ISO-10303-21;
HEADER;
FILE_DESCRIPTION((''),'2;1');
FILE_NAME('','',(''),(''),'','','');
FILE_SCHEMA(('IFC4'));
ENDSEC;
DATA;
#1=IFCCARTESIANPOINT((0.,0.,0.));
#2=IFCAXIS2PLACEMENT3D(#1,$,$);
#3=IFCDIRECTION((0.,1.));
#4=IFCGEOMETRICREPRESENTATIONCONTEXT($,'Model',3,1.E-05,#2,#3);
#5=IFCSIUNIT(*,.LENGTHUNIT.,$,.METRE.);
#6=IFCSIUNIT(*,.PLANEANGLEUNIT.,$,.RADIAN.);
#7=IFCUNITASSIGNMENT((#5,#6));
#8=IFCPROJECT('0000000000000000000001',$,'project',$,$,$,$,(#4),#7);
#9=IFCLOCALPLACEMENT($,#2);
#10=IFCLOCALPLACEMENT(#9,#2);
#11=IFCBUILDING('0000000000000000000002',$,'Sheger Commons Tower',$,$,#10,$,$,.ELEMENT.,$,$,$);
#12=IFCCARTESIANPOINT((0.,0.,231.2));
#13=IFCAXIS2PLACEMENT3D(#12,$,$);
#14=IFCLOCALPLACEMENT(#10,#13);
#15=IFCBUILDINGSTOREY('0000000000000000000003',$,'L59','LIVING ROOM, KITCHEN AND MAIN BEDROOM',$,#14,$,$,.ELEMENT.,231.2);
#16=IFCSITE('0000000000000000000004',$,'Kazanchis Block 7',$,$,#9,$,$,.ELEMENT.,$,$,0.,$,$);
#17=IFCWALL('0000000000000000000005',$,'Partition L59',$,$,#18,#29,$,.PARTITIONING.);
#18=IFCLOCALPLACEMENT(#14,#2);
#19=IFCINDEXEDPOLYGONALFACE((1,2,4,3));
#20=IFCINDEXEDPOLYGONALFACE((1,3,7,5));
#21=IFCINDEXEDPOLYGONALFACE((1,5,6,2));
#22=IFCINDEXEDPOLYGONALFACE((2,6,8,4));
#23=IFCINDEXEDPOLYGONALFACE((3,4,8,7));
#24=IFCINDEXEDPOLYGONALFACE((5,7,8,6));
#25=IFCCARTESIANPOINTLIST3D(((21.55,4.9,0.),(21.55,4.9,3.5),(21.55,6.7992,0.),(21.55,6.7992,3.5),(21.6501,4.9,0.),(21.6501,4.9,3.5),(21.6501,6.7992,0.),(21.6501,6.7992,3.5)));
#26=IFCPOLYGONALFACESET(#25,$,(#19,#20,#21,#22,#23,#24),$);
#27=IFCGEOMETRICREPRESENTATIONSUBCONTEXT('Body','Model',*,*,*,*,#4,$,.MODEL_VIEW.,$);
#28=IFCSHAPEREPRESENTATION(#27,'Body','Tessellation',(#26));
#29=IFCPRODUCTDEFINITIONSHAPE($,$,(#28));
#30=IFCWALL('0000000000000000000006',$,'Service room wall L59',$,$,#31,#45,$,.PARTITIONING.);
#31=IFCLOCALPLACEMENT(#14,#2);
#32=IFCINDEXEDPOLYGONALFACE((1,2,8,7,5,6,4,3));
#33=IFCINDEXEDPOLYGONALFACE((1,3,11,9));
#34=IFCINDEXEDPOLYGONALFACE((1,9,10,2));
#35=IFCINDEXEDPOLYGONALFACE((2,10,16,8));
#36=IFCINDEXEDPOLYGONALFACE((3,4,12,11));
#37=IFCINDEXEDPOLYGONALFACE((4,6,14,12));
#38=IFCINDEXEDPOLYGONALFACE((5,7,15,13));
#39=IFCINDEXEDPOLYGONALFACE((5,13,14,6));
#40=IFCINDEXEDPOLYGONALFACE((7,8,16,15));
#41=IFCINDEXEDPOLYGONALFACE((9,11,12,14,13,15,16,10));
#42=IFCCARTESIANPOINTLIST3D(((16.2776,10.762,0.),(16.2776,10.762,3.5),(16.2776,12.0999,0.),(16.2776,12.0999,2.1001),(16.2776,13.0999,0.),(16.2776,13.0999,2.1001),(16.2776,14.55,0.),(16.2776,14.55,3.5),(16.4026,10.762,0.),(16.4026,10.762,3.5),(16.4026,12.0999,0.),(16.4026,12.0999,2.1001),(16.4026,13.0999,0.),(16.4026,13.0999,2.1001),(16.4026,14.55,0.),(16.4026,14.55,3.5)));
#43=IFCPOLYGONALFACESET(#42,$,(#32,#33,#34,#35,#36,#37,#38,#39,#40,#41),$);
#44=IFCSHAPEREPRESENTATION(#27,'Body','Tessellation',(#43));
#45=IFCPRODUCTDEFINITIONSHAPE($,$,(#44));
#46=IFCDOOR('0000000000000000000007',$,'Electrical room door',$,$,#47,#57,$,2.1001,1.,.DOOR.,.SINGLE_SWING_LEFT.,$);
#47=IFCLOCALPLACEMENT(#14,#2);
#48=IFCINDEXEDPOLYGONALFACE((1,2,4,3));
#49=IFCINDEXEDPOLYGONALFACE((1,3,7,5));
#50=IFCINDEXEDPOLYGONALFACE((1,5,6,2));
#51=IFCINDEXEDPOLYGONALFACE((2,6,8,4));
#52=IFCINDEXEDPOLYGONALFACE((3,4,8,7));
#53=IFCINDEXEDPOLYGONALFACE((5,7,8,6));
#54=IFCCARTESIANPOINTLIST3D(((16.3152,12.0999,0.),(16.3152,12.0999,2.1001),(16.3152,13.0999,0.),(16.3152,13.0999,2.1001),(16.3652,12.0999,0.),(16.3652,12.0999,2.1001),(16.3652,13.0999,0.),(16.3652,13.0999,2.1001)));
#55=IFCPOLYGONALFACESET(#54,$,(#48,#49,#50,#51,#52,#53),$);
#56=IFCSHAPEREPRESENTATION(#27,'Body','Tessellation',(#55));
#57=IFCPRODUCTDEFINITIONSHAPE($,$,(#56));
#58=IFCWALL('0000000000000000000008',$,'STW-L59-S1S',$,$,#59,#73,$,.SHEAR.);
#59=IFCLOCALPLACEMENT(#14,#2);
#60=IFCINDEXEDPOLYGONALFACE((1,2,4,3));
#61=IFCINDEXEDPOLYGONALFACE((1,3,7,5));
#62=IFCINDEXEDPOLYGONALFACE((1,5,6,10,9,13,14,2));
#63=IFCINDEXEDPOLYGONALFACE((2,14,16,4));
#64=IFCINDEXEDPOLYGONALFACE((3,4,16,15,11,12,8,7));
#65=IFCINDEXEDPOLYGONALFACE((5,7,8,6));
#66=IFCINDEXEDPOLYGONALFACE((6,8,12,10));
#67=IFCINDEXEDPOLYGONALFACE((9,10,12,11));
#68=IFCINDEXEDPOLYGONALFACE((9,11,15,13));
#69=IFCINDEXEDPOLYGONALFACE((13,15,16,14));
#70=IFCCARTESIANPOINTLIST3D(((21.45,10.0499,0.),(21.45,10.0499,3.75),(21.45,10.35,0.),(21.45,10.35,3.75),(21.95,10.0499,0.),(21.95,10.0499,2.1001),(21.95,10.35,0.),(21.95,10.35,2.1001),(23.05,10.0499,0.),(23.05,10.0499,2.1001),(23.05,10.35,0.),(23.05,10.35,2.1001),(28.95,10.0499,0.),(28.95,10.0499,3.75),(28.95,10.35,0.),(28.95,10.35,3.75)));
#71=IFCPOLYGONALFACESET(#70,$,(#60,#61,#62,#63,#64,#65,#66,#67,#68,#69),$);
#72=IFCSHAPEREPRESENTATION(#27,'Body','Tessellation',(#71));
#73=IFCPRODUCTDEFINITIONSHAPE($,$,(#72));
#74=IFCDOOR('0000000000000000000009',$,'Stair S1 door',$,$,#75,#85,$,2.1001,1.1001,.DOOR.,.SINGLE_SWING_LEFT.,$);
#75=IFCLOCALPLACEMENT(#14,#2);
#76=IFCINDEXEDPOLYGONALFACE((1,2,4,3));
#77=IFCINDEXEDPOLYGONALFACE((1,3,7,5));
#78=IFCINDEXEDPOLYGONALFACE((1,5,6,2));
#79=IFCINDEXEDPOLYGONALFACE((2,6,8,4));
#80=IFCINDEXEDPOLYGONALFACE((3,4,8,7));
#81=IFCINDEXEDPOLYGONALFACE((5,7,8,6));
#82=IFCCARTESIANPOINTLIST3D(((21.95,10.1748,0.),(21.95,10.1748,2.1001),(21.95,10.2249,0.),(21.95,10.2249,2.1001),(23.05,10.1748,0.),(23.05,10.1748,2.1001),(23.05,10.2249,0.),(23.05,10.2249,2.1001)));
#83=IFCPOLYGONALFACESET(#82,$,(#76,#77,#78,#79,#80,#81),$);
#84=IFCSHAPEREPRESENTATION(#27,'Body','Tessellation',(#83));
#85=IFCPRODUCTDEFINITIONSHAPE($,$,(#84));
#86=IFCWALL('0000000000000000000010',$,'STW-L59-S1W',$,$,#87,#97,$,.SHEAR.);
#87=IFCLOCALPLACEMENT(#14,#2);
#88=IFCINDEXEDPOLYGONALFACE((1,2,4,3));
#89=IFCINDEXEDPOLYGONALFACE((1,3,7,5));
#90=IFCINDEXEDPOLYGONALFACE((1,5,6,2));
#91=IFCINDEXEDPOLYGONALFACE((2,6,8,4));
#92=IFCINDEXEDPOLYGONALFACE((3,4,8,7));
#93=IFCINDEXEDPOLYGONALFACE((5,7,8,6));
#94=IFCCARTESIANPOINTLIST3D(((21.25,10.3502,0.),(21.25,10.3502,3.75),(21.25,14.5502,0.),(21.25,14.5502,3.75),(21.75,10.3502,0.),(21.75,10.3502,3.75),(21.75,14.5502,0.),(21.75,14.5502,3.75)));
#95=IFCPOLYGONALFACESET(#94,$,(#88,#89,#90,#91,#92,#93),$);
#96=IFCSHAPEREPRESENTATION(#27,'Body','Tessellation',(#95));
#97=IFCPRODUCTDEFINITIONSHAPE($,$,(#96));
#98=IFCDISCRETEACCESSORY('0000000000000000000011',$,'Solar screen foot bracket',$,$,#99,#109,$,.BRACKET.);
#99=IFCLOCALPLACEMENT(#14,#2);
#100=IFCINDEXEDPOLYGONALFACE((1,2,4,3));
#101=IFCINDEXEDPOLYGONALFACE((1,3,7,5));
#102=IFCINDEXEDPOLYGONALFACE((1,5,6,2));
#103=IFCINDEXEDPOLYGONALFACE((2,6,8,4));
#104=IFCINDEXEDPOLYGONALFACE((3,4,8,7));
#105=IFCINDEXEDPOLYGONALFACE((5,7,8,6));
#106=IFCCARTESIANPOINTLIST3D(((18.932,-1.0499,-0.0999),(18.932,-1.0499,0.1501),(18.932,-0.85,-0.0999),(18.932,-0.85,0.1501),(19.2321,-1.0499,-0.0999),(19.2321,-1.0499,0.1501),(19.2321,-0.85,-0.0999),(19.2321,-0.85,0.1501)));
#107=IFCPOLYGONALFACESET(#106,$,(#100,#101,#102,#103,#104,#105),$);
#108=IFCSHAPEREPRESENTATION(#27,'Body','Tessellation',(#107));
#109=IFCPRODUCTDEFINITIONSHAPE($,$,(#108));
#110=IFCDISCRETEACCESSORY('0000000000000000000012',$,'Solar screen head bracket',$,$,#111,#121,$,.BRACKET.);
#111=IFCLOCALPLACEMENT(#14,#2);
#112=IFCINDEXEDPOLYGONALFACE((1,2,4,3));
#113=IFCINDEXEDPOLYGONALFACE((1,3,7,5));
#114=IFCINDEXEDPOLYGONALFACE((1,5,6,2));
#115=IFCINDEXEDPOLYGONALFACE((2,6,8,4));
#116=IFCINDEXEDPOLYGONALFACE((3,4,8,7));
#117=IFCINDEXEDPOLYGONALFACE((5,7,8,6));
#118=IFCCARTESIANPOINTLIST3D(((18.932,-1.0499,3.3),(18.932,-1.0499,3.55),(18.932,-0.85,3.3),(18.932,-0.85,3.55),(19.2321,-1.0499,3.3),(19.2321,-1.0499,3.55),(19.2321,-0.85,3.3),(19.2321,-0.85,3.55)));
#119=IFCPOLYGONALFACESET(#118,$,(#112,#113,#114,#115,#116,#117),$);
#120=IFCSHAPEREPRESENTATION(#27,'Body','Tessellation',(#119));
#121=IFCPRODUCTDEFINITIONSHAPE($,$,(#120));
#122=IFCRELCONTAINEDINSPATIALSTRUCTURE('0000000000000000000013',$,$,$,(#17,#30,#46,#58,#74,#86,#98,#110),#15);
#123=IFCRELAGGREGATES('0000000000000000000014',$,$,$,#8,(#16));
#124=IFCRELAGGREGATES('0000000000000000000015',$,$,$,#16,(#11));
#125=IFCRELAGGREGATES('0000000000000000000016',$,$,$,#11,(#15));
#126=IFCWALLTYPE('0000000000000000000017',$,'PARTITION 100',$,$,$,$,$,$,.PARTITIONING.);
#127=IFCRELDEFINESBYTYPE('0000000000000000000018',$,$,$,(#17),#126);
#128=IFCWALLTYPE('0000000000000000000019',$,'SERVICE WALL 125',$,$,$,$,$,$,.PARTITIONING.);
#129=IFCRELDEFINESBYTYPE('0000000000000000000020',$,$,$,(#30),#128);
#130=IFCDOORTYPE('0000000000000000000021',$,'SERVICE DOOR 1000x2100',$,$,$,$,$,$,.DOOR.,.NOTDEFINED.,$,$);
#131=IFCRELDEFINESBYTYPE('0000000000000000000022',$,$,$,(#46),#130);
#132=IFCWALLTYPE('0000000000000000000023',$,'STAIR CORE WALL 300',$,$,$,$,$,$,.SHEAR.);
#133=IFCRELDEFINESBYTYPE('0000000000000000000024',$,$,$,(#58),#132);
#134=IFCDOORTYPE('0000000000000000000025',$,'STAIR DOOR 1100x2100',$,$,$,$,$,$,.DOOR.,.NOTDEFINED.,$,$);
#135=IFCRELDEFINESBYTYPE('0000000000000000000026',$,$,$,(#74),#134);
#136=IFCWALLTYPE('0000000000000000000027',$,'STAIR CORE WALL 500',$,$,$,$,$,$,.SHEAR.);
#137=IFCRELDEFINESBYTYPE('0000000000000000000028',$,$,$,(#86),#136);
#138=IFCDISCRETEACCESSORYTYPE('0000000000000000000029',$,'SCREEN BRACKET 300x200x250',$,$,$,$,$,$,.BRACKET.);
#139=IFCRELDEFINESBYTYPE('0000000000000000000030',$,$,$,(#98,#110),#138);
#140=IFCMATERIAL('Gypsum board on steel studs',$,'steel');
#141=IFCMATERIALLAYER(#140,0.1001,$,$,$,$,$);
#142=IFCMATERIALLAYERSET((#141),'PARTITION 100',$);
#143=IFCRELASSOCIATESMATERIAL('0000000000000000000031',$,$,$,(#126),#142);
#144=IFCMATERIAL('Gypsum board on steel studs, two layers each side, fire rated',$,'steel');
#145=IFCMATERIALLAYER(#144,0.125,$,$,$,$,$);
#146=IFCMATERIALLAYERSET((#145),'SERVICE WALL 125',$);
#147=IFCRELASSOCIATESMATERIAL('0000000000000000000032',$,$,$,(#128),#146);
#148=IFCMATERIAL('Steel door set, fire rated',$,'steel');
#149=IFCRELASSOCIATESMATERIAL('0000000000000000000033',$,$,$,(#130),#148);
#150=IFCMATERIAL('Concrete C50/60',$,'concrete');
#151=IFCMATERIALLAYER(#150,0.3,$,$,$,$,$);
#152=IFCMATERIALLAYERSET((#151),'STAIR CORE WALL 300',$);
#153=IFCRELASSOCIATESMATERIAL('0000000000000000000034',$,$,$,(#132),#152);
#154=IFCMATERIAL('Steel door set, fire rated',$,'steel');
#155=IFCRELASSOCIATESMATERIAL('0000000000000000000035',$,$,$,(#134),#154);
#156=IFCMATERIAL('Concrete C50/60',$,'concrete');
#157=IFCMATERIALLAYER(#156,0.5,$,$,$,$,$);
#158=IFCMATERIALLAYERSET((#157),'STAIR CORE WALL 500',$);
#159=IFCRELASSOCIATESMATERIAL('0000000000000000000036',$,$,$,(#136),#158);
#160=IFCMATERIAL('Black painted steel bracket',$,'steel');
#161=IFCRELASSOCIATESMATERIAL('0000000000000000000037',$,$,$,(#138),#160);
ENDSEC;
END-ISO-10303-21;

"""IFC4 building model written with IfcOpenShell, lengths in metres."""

from ifc_helpers import new_model, si_unit, direction, frame, frame_2d, origin, origin_2d, place, context, subcontext, project, spatial, rectangle, extrude, material, layer, layer_set, type_object, element, fill, save


model = new_model("IFC4")

# Units and contexts
model_context = context("Model", 3, precision=1e-05, world=origin(), true_north=direction((0.0, 1.0)))
body_context = subcontext(model_context, "Body", "Model", "MODEL_VIEW")
ifc_project = project(units=[si_unit("LENGTHUNIT", "METRE"), si_unit("PLANEANGLEUNIT", "RADIAN")], contexts=[model_context])

# Site, building, storey
site_placement = place(None, origin())
site = spatial("IfcSite", under=ifc_project, at=site_placement, Name="Kazanchis Block 7", CompositionType="ELEMENT", RefElevation=0.0)
building_placement = place(site_placement, origin())
building = spatial("IfcBuilding", under=site, at=building_placement, Name="Sheger Commons Tower", CompositionType="ELEMENT")
storey_placement = place(building_placement, frame((0.0, 0.0, 231.2)))
storey = spatial("IfcBuildingStorey", under=building, at=storey_placement, Name="L59", Description="LIVING ROOM, KITCHEN AND MAIN BEDROOM", CompositionType="ELEMENT", Elevation=231.2)

# Wall
ifc_material_1 = material(Name="Gypsum board on steel studs", Category="steel")
ifc_layer_1 = layer(ifc_material_1, 0.1001)
ifc_layer_set_1 = layer_set([ifc_layer_1], Name="PARTITION 100")
wall_type_1 = type_object("IfcWallType", Name="PARTITION 100", PredefinedType="PARTITIONING", material=ifc_layer_set_1)
wall_1_placement = place(storey_placement, frame((21.6001, 4.8999, 0.0), z_axis=(0.0, 0.0, 1.0), x_axis=(0.0, 1.0, 0.0)))
element("IfcWall", 1, at=wall_1_placement, inside=storey, type_object=wall_type_1, Name="Partition L59", PredefinedType="PARTITIONING", context=body_context, shape_type="SweptSolid", body=[
    extrude(rectangle(XDim=1.8992, YDim=0.1001, at=frame_2d((0.9497, 0.0))), origin(), (0.0, 0.0, 1.0), 3.5),
])

# Walls, openings, doors
ifc_material_2 = material(Name="Gypsum board on steel studs, two layers each side, fire rated", Category="steel")
ifc_layer_2 = layer(ifc_material_2, 0.125)
ifc_layer_set_2 = layer_set([ifc_layer_2], Name="SERVICE WALL 125")
wall_type_2 = type_object("IfcWallType", Name="SERVICE WALL 125", PredefinedType="PARTITIONING", material=ifc_layer_set_2)
wall_2_placement = place(storey_placement, frame((16.3401, 10.762, 0.0), z_axis=(0.0, 0.0, 1.0), x_axis=(0.0, 1.0, 0.0)))
wall_2 = element("IfcWall", 2, at=wall_2_placement, inside=storey, type_object=wall_type_2, Name="Service room wall L59", PredefinedType="PARTITIONING", context=body_context, shape_type="SweptSolid", body=[
    extrude(rectangle(XDim=3.7881, YDim=0.125, at=frame_2d((1.894, 0.0))), origin(), (0.0, 0.0, 1.0), 3.5),
])
opening_1_placement = place(wall_2_placement, frame((1.3379, 0.0, 0.0)))
opening_1 = element("IfcOpeningElement", 3, at=opening_1_placement, cuts=wall_2, PredefinedType="OPENING", context=body_context, shape_type="SweptSolid", body=[
    extrude(rectangle(XDim=1.0, YDim=2.1001, at=frame_2d((0.5, 1.05))), frame((0.0, 0.0725, 0.0), z_axis=(0.0, -1.0, 0.0), x_axis=(1.0, 0.0, 0.0)), (0.0, 0.0, 1.0), 0.145),
])
ifc_material_3 = material(Name="Steel door set, fire rated", Category="steel")
door_type_1 = type_object("IfcDoorType", Name="SERVICE DOOR 1000x2100", OperationType="NOTDEFINED", PredefinedType="DOOR", material=ifc_material_3)
door_1_placement = place(opening_1_placement, origin())
door_1 = element("IfcDoor", 4, at=door_1_placement, inside=storey, type_object=door_type_1, Name="Electrical room door", OperationType="SINGLE_SWING_LEFT", OverallHeight=2.1001, OverallWidth=1.0, PredefinedType="DOOR", context=body_context, shape_type="SweptSolid", body=[
    extrude(rectangle(XDim=1.0, YDim=2.1001, at=frame_2d((0.5, 1.05))), frame((0.0, 0.0249, 0.0), z_axis=(0.0, -1.0, 0.0), x_axis=(1.0, 0.0, 0.0)), (0.0, 0.0, 1.0), 0.05),
])
fill(opening_1, door_1)
ifc_material_4 = material(Name="Concrete C50/60", Category="concrete")
ifc_layer_3 = layer(ifc_material_4, 0.3)
ifc_layer_set_3 = layer_set([ifc_layer_3], Name="STAIR CORE WALL 300")
wall_type_3 = type_object("IfcWallType", Name="STAIR CORE WALL 300", PredefinedType="SHEAR", material=ifc_layer_set_3)
wall_3_placement = place(storey_placement, frame((21.45, 10.2, 0.0), z_axis=(0.0, 0.0, 1.0), x_axis=(1.0, 0.0, 0.0)))
wall_3 = element("IfcWall", 5, at=wall_3_placement, inside=storey, type_object=wall_type_3, Name="STW-L59-S1S", PredefinedType="SHEAR", context=body_context, shape_type="SweptSolid", body=[
    extrude(rectangle(XDim=7.5, YDim=0.3, at=frame_2d((3.75, 0.0))), origin(), (0.0, 0.0, 1.0), 3.75),
])
opening_2_placement = place(wall_3_placement, frame((0.5, 0.0, 0.0)))
opening_2 = element("IfcOpeningElement", 6, at=opening_2_placement, cuts=wall_3, PredefinedType="OPENING", context=body_context, shape_type="SweptSolid", body=[
    extrude(rectangle(XDim=1.1001, YDim=2.1001, at=frame_2d((0.55, 1.05))), frame((0.0, 0.1599, 0.0), z_axis=(0.0, -1.0, 0.0), x_axis=(1.0, 0.0, 0.0)), (0.0, 0.0, 1.0), 0.3201),
])
ifc_material_5 = material(Name="Steel door set, fire rated", Category="steel")
door_type_2 = type_object("IfcDoorType", Name="STAIR DOOR 1100x2100", OperationType="NOTDEFINED", PredefinedType="DOOR", material=ifc_material_5)
door_2_placement = place(opening_2_placement, origin())
door_2 = element("IfcDoor", 7, at=door_2_placement, inside=storey, type_object=door_type_2, Name="Stair S1 door", OperationType="SINGLE_SWING_LEFT", OverallHeight=2.1001, OverallWidth=1.1001, PredefinedType="DOOR", context=body_context, shape_type="SweptSolid", body=[
    extrude(rectangle(XDim=1.1001, YDim=2.1001, at=frame_2d((0.55, 1.05))), frame((0.0, 0.0249, 0.0), z_axis=(0.0, -1.0, 0.0), x_axis=(1.0, 0.0, 0.0)), (0.0, 0.0, 1.0), 0.05),
])
fill(opening_2, door_2)

# Wall
ifc_material_6 = material(Name="Concrete C50/60", Category="concrete")
ifc_layer_4 = layer(ifc_material_6, 0.5)
ifc_layer_set_4 = layer_set([ifc_layer_4], Name="STAIR CORE WALL 500")
wall_type_4 = type_object("IfcWallType", Name="STAIR CORE WALL 500", PredefinedType="SHEAR", material=ifc_layer_set_4)
wall_4_placement = place(storey_placement, frame((21.5, 10.3501, 0.0), z_axis=(0.0, 0.0, 1.0), x_axis=(0.0, 1.0, 0.0)))
element("IfcWall", 8, at=wall_4_placement, inside=storey, type_object=wall_type_4, Name="STW-L59-S1W", PredefinedType="SHEAR", context=body_context, shape_type="SweptSolid", body=[
    extrude(rectangle(XDim=4.2, YDim=0.5, at=frame_2d((2.1001, 0.0))), origin(), (0.0, 0.0, 1.0), 3.75),
])

# Discrete accessories
ifc_material_7 = material(Name="Black painted steel bracket", Category="steel")
discrete_accessory_type = type_object("IfcDiscreteAccessoryType", Name="SCREEN BRACKET 300x200x250", PredefinedType="BRACKET", material=ifc_material_7)
for number, where, z_axis, x_axis, name in (
    (9, (19.082, -0.95, -0.0999), (0.0, 0.0, 1.0), (1.0, 0.0, 0.0), "Solar screen foot bracket"),
    (10, (19.082, -0.95, 3.3), (0.0, 0.0, 1.0), (1.0, 0.0, 0.0), "Solar screen head bracket"),
):
    element("IfcDiscreteAccessory", number, at=place(storey_placement, frame(where, z_axis=z_axis, x_axis=x_axis)), inside=storey, type_object=discrete_accessory_type, Name=name, PredefinedType="BRACKET", context=body_context, shape_type="SweptSolid", body=[
        extrude(rectangle(XDim=0.3, YDim=0.2, at=origin_2d()), origin(), (0.0, 0.0, 1.0), 0.25),
    ])

save(model, "model.ifc")
